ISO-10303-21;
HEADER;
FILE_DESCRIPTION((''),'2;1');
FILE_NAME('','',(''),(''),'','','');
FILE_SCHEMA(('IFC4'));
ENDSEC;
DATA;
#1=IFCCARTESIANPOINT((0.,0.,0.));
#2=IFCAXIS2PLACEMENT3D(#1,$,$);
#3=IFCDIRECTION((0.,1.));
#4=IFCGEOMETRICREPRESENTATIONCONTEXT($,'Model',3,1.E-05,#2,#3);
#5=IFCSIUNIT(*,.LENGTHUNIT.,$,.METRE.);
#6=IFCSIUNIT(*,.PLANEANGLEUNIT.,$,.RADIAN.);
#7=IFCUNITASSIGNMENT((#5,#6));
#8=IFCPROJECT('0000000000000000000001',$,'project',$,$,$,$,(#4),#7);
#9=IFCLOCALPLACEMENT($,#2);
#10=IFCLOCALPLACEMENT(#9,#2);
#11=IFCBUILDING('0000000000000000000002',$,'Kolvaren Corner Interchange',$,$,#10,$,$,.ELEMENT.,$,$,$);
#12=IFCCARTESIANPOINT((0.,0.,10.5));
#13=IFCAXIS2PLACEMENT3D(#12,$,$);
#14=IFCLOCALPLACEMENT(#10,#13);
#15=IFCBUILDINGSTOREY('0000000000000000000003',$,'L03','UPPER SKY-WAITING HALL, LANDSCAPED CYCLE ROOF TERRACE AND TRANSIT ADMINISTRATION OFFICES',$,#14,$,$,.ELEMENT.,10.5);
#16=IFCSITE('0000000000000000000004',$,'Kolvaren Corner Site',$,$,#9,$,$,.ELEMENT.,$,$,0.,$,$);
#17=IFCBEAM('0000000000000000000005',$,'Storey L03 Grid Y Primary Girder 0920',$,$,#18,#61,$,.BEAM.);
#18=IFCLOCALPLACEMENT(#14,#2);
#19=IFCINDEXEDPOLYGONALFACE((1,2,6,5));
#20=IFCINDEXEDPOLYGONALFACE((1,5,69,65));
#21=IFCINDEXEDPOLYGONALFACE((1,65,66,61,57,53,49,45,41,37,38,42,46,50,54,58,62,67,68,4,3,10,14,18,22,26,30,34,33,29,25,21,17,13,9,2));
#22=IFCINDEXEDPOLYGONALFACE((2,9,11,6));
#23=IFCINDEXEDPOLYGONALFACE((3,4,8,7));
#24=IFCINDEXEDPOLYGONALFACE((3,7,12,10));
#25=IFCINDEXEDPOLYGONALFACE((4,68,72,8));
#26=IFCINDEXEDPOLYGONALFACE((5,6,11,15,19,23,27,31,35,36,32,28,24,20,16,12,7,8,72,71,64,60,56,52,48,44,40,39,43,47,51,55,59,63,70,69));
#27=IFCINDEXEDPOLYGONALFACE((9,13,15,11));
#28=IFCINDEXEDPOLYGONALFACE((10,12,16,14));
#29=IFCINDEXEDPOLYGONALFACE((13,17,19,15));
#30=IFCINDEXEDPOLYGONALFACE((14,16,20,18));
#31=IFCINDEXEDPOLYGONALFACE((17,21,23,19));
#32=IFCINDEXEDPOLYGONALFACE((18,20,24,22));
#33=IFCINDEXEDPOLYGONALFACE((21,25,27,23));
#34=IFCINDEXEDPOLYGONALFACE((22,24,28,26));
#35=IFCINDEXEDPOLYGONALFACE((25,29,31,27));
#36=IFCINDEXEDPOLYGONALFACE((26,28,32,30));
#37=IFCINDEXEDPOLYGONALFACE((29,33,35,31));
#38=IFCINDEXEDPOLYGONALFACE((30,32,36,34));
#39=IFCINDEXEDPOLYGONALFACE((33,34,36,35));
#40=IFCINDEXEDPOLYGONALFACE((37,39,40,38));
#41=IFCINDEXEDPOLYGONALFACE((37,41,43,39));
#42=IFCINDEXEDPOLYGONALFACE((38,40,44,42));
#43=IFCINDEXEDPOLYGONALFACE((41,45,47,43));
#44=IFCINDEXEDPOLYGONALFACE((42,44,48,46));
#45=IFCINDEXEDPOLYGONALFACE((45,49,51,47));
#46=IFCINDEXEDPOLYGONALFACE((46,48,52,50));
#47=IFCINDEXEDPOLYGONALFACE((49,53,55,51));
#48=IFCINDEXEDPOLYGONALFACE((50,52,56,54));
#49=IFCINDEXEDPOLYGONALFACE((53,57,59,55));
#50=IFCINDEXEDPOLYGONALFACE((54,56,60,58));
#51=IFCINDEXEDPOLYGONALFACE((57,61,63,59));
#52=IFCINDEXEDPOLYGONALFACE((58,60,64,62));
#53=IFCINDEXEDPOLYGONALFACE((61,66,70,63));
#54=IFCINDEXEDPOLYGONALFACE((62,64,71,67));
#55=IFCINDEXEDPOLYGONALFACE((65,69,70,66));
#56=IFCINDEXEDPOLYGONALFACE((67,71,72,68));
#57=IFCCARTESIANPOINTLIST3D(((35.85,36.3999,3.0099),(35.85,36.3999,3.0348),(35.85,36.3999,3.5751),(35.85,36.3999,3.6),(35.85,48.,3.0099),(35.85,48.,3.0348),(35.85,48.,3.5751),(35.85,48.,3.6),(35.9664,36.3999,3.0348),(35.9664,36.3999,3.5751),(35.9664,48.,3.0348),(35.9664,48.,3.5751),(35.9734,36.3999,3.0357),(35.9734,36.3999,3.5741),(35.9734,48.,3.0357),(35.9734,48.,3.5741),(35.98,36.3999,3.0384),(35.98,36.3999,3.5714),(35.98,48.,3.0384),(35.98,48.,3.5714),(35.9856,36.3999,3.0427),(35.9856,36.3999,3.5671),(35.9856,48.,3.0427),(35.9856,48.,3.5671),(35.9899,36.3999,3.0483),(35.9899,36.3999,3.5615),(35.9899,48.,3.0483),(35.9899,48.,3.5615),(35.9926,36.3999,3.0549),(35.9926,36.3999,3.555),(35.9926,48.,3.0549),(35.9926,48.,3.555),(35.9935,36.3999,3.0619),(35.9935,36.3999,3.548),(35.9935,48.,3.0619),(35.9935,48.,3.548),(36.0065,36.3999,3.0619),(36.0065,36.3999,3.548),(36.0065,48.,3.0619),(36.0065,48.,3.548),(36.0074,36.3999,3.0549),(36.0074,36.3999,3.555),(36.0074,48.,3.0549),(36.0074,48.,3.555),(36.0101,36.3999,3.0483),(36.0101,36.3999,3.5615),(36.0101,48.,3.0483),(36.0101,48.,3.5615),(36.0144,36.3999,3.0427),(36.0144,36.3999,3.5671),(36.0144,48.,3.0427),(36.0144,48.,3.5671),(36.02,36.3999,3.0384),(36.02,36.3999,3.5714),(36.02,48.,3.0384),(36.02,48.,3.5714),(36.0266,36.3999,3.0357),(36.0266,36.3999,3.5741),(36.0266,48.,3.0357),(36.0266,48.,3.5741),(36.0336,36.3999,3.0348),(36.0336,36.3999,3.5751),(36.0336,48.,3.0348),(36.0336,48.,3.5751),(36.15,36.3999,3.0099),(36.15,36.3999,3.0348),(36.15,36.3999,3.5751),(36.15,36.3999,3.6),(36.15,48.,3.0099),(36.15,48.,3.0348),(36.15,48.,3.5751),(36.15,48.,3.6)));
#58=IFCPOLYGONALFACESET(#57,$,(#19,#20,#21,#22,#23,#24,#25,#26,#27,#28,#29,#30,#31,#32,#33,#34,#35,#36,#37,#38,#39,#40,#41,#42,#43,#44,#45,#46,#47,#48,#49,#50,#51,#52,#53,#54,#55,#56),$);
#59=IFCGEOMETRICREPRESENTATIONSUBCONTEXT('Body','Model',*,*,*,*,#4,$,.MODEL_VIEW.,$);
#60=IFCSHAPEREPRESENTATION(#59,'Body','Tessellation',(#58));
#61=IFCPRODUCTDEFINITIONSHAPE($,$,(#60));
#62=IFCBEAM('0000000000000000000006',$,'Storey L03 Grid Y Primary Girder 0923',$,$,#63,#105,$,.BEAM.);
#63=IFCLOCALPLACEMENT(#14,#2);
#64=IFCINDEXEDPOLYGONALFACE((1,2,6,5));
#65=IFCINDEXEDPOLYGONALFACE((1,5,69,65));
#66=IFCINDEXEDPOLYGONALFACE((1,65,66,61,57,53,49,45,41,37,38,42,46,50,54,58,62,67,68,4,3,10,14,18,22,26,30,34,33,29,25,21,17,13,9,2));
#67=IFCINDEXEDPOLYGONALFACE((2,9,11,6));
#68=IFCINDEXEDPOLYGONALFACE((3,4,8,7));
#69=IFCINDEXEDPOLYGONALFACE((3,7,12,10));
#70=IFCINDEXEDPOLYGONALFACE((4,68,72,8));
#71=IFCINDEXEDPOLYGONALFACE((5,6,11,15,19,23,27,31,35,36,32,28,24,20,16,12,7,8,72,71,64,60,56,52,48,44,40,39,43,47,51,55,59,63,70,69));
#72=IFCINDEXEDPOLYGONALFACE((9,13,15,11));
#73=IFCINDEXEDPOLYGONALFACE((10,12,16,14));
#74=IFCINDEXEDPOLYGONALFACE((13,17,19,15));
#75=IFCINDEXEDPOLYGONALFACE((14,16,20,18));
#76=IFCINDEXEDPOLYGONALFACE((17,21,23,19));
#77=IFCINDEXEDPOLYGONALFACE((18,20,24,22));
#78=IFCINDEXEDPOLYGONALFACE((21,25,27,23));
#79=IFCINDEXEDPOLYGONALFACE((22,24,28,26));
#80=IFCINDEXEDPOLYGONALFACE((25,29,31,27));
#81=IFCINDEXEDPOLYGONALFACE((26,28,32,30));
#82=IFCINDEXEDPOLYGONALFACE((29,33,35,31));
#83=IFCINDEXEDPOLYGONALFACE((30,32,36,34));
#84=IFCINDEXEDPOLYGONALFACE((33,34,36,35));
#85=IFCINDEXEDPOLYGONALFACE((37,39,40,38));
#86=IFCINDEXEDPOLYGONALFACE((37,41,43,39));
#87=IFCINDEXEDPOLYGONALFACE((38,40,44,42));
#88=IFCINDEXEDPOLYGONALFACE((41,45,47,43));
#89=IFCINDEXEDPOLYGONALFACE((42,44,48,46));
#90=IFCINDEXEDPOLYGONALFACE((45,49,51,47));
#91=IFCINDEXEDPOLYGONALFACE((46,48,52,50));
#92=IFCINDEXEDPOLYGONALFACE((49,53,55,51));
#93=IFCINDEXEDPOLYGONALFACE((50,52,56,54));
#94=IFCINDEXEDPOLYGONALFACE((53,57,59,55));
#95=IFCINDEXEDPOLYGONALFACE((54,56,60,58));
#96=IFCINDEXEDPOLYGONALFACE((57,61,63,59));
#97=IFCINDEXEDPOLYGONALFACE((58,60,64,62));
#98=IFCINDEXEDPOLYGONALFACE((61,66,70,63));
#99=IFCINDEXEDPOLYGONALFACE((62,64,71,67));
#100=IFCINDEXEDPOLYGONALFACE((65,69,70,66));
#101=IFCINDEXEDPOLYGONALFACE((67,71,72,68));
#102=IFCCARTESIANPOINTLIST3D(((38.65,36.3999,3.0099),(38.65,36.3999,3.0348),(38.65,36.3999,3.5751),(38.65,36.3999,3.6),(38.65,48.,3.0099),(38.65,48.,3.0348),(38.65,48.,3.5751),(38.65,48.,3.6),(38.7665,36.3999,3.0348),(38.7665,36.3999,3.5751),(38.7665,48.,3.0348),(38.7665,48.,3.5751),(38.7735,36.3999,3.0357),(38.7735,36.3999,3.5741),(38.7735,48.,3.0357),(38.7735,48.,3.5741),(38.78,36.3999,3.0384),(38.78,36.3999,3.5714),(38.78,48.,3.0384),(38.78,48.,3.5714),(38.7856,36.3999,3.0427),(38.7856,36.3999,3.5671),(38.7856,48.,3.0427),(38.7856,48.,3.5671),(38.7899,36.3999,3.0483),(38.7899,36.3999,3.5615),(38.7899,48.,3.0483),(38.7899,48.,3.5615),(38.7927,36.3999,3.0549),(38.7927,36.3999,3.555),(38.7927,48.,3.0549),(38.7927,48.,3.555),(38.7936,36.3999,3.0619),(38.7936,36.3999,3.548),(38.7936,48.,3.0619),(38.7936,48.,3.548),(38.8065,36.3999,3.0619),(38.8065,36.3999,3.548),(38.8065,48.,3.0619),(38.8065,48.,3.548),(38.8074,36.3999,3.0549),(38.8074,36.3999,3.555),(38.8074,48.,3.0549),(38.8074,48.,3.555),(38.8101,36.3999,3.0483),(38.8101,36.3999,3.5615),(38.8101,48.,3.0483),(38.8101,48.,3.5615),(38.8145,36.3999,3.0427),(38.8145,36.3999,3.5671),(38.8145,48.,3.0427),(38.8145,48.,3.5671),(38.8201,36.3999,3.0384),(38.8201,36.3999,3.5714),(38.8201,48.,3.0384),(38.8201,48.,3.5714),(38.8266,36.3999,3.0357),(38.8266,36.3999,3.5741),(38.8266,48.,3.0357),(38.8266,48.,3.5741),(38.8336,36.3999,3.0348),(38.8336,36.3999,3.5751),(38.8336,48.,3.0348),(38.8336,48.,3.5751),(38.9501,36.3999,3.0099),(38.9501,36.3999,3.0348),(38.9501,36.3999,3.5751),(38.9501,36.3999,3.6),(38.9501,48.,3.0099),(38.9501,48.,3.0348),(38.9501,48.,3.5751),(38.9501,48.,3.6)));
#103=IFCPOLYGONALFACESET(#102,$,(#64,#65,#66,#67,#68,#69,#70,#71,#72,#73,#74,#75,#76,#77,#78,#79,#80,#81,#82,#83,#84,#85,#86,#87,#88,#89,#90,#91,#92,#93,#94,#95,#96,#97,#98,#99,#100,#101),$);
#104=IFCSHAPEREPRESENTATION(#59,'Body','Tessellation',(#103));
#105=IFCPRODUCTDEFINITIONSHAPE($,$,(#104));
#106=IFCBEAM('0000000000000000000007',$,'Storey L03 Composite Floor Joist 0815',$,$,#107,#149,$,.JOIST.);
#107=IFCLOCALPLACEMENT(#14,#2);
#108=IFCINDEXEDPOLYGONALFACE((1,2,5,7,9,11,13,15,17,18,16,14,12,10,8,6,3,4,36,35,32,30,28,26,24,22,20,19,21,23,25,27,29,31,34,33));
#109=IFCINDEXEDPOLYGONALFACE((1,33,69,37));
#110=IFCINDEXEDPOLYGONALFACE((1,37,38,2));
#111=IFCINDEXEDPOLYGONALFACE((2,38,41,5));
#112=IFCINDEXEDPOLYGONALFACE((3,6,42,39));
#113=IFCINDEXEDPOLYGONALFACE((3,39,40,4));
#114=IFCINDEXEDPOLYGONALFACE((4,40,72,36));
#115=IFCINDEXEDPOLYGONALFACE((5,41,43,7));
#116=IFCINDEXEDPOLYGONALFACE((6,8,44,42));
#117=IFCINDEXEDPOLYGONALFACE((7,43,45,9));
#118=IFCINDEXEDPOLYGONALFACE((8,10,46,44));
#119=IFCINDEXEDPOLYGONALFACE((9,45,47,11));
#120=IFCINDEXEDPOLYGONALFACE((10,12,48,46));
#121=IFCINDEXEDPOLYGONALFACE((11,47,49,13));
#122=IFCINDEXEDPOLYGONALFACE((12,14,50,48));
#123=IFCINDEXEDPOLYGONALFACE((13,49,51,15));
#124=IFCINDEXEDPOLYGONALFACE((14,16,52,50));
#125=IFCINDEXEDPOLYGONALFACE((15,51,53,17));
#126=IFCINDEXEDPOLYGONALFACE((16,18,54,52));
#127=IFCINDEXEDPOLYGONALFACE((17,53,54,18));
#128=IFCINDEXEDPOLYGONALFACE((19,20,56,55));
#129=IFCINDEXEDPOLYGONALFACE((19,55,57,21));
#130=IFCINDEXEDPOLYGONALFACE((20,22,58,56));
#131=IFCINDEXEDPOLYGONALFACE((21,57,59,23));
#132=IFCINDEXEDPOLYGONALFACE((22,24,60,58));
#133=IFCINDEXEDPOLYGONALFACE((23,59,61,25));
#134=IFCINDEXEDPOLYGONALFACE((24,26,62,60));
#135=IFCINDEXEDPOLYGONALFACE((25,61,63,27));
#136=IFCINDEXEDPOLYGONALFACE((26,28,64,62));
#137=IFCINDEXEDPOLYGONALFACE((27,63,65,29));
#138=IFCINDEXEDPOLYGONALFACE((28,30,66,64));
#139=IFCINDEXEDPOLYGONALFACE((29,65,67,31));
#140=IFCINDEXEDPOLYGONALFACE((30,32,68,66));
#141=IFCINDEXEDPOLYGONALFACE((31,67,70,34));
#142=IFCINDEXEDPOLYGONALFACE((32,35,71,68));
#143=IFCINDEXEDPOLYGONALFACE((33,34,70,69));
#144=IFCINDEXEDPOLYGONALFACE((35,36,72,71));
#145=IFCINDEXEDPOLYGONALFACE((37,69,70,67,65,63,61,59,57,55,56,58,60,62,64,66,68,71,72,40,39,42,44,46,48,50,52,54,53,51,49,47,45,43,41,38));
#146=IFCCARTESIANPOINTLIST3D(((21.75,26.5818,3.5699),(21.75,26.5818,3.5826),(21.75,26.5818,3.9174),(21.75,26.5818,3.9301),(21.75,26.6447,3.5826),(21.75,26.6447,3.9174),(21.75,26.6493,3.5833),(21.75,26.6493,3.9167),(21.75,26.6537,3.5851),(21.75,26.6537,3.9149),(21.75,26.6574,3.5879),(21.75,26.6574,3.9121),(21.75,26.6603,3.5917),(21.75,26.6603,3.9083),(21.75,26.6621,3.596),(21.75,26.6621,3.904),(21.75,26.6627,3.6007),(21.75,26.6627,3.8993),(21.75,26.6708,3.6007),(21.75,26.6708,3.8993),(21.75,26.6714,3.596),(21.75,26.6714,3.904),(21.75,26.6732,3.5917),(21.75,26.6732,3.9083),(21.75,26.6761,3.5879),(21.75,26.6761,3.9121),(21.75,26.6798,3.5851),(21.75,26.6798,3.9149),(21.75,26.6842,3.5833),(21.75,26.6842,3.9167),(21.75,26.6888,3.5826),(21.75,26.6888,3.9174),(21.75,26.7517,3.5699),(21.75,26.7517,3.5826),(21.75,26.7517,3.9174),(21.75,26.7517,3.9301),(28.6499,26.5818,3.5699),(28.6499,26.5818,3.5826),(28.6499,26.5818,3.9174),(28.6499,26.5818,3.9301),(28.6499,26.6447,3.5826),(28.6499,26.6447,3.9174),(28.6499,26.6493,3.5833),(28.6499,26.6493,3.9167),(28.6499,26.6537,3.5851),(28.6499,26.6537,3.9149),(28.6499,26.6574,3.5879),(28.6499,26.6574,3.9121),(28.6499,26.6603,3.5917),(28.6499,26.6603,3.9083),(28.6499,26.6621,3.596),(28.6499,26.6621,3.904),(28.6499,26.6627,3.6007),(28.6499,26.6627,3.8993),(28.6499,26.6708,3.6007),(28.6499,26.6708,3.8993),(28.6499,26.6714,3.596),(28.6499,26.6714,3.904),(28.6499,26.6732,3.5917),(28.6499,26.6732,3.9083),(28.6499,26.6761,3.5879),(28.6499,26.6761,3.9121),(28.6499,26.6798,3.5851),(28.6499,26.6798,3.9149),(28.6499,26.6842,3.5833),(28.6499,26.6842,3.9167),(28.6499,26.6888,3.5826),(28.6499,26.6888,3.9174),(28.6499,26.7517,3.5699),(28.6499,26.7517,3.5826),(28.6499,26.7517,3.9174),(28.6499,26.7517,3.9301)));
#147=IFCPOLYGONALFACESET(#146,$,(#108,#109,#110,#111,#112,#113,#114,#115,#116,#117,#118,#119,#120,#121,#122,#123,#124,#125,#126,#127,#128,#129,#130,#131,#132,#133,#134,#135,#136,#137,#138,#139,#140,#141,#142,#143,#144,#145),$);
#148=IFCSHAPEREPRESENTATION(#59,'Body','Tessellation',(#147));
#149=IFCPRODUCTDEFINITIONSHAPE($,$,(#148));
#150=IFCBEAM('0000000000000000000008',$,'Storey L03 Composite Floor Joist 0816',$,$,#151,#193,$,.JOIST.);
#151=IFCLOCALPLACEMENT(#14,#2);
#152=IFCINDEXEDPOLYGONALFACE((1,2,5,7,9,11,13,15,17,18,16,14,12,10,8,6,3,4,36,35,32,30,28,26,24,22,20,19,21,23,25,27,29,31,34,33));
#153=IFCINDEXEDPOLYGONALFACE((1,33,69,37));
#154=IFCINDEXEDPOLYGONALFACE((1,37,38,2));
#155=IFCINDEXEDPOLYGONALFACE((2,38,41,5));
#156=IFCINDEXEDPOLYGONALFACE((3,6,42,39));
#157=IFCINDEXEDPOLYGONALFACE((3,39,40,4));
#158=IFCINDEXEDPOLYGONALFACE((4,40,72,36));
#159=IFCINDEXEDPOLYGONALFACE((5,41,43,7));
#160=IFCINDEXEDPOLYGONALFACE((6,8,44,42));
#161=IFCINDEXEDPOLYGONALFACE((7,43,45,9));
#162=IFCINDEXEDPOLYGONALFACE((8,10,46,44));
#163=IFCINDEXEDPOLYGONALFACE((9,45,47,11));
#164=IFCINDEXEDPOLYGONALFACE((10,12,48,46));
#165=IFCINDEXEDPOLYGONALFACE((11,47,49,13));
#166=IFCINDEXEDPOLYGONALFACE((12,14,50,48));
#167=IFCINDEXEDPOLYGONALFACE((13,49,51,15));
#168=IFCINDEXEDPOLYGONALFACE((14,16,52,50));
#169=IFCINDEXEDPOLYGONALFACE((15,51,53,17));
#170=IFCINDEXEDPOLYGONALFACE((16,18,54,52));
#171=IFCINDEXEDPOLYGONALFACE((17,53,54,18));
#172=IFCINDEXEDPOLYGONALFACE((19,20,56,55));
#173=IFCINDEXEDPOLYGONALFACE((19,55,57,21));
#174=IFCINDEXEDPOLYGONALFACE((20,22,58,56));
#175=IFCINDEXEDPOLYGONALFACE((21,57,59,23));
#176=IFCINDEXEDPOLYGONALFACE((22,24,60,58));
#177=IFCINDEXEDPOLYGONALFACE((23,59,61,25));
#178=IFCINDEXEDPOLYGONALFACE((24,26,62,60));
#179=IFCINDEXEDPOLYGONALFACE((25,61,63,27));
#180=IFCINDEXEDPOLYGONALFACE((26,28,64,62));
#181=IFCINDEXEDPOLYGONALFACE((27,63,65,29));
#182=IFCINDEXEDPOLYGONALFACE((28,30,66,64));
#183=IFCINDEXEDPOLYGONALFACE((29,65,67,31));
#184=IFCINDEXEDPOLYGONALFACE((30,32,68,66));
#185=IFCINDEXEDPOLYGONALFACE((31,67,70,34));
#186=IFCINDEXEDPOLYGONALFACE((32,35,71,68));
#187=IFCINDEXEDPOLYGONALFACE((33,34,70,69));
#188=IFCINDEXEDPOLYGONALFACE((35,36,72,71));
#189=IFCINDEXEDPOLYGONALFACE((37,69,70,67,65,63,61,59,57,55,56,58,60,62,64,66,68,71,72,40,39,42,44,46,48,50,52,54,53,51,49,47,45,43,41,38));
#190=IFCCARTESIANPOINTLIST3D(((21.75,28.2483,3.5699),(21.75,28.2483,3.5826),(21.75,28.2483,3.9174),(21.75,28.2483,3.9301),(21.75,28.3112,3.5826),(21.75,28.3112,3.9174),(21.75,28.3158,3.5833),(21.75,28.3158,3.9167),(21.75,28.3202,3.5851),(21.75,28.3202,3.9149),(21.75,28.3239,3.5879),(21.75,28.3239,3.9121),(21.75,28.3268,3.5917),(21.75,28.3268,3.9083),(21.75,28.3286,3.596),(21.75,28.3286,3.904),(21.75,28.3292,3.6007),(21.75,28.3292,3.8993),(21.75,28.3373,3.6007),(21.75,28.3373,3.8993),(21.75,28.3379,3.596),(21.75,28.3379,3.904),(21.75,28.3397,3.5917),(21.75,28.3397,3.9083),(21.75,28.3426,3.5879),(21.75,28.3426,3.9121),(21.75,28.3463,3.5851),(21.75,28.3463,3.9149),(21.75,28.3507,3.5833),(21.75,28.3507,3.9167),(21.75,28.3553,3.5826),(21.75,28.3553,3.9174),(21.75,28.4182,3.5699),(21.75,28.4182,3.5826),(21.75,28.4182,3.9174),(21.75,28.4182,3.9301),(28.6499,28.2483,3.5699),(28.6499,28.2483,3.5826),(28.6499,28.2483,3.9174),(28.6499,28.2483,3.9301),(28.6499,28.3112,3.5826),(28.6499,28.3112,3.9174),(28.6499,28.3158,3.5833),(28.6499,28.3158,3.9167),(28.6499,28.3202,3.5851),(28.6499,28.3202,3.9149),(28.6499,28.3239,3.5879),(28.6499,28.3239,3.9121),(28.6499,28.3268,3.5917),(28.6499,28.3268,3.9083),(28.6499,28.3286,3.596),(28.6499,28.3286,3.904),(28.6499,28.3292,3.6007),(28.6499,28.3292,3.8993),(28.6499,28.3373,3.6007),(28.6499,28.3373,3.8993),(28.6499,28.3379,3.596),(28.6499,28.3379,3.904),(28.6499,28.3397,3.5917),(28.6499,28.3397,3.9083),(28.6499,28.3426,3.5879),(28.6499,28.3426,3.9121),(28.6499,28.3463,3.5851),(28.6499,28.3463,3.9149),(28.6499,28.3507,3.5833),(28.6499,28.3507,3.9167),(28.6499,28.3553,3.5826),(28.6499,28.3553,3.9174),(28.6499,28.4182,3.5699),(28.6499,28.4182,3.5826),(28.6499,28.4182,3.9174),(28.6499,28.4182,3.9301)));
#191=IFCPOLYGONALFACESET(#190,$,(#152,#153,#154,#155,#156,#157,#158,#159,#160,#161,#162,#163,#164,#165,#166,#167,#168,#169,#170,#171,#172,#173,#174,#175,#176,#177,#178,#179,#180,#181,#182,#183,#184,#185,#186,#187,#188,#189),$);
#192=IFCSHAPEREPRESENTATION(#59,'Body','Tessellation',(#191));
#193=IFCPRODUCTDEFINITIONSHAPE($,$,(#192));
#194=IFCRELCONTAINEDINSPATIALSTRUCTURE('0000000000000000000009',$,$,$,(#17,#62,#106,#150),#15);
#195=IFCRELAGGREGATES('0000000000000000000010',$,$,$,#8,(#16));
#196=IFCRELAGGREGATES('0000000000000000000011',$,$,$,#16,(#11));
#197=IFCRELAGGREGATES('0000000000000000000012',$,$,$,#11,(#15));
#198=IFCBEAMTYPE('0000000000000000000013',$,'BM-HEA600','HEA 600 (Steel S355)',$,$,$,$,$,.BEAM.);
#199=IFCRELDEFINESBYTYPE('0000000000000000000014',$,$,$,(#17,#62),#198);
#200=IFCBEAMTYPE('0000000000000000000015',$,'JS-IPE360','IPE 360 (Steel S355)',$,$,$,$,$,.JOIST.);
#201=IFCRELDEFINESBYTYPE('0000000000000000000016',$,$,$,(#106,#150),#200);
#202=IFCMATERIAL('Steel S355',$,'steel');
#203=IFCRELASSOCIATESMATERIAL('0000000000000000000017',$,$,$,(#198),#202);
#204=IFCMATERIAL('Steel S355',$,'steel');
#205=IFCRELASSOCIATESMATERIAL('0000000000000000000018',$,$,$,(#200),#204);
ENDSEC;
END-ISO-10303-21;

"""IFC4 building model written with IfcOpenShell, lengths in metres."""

from ifc_helpers import new_model, si_unit, direction, frame, origin, origin_2d, place, context, subcontext, project, spatial, i_section, extrude, material, material_profile, profile_set, type_object, element, save


model = new_model("IFC4")

# Units and contexts
model_context = context("Model", 3, precision=1e-05, world=origin(), true_north=direction((0.0, 1.0)))
body_context = subcontext(model_context, "Body", "Model", "MODEL_VIEW")
ifc_project = project(units=[si_unit("LENGTHUNIT", "METRE"), si_unit("PLANEANGLEUNIT", "RADIAN")], contexts=[model_context])

# Site, building, storey
site_placement = place(None, origin())
site = spatial("IfcSite", under=ifc_project, at=site_placement, Name="Kolvaren Corner Site", CompositionType="ELEMENT", RefElevation=0.0)
building_placement = place(site_placement, origin())
building = spatial("IfcBuilding", under=site, at=building_placement, Name="Kolvaren Corner Interchange", CompositionType="ELEMENT")
storey_placement = place(building_placement, frame((0.0, 0.0, 10.5)))
storey = spatial("IfcBuildingStorey", under=building, at=storey_placement, Name="L03", Description="UPPER SKY-WAITING HALL, LANDSCAPED CYCLE ROOF TERRACE AND TRANSIT ADMINISTRATION OFFICES", CompositionType="ELEMENT", Elevation=10.5)

# Beams
ifc_material_1 = material(Name="Steel S355", Category="steel")
ifc_material_profile_1 = material_profile(ifc_material_1, i_section(OverallWidth=0.3, OverallDepth=0.5901, WebThickness=0.0129, FlangeThickness=0.0249, FilletRadius=0.0271, at=origin_2d()), Name="HEA 600")
ifc_profile_set_1 = profile_set([ifc_material_profile_1], Name="Steel S355")
beam_type_1 = type_object("IfcBeamType", Name="BM-HEA600", Description="HEA 600 (Steel S355)", PredefinedType="BEAM", material=ifc_profile_set_1)
for number, where, z_axis, x_axis, name in (
    (1, (36.0, 36.3999, 3.3049), (0.0, 1.0, 0.0), (-1.0, 0.0, 0.0), "Storey L03 Grid Y Primary Girder 0920"),
    (2, (38.8, 36.3999, 3.3049), (0.0, 1.0, 0.0), (-1.0, 0.0, 0.0), "Storey L03 Grid Y Primary Girder 0923"),
):
    element("IfcBeam", number, at=place(storey_placement, frame(where, z_axis=z_axis, x_axis=x_axis)), inside=storey, type_object=beam_type_1, Name=name, PredefinedType="BEAM", context=body_context, shape_type="SweptSolid", body=[
        extrude(i_section(OverallWidth=0.3, OverallDepth=0.5901, WebThickness=0.0129, FlangeThickness=0.0249, FilletRadius=0.0271, at=origin_2d()), origin(), (0.0, 0.0, 1.0), 11.6001),
    ])
ifc_material_2 = material(Name="Steel S355", Category="steel")
ifc_material_profile_2 = material_profile(ifc_material_2, i_section(OverallWidth=0.1699, OverallDepth=0.3601, WebThickness=0.0081, FlangeThickness=0.0127, FilletRadius=0.0181, at=origin_2d()), Name="IPE 360")
ifc_profile_set_2 = profile_set([ifc_material_profile_2], Name="Steel S355")
beam_type_2 = type_object("IfcBeamType", Name="JS-IPE360", Description="IPE 360 (Steel S355)", PredefinedType="JOIST", material=ifc_profile_set_2)
for number, where, z_axis, x_axis, name in (
    (3, (21.75, 26.6667, 3.75), (1.0, 0.0, 0.0), (0.0, 1.0, 0.0), "Storey L03 Composite Floor Joist 0815"),
    (4, (21.75, 28.3333, 3.75), (1.0, 0.0, 0.0), (0.0, 1.0, 0.0), "Storey L03 Composite Floor Joist 0816"),
):
    element("IfcBeam", number, at=place(storey_placement, frame(where, z_axis=z_axis, x_axis=x_axis)), inside=storey, type_object=beam_type_2, Name=name, PredefinedType="JOIST", context=body_context, shape_type="SweptSolid", body=[
        extrude(i_section(OverallWidth=0.1699, OverallDepth=0.3601, WebThickness=0.0081, FlangeThickness=0.0127, FilletRadius=0.0181, at=origin_2d()), origin(), (0.0, 0.0, 1.0), 6.8999),
    ])

save(model, "model.ifc")
